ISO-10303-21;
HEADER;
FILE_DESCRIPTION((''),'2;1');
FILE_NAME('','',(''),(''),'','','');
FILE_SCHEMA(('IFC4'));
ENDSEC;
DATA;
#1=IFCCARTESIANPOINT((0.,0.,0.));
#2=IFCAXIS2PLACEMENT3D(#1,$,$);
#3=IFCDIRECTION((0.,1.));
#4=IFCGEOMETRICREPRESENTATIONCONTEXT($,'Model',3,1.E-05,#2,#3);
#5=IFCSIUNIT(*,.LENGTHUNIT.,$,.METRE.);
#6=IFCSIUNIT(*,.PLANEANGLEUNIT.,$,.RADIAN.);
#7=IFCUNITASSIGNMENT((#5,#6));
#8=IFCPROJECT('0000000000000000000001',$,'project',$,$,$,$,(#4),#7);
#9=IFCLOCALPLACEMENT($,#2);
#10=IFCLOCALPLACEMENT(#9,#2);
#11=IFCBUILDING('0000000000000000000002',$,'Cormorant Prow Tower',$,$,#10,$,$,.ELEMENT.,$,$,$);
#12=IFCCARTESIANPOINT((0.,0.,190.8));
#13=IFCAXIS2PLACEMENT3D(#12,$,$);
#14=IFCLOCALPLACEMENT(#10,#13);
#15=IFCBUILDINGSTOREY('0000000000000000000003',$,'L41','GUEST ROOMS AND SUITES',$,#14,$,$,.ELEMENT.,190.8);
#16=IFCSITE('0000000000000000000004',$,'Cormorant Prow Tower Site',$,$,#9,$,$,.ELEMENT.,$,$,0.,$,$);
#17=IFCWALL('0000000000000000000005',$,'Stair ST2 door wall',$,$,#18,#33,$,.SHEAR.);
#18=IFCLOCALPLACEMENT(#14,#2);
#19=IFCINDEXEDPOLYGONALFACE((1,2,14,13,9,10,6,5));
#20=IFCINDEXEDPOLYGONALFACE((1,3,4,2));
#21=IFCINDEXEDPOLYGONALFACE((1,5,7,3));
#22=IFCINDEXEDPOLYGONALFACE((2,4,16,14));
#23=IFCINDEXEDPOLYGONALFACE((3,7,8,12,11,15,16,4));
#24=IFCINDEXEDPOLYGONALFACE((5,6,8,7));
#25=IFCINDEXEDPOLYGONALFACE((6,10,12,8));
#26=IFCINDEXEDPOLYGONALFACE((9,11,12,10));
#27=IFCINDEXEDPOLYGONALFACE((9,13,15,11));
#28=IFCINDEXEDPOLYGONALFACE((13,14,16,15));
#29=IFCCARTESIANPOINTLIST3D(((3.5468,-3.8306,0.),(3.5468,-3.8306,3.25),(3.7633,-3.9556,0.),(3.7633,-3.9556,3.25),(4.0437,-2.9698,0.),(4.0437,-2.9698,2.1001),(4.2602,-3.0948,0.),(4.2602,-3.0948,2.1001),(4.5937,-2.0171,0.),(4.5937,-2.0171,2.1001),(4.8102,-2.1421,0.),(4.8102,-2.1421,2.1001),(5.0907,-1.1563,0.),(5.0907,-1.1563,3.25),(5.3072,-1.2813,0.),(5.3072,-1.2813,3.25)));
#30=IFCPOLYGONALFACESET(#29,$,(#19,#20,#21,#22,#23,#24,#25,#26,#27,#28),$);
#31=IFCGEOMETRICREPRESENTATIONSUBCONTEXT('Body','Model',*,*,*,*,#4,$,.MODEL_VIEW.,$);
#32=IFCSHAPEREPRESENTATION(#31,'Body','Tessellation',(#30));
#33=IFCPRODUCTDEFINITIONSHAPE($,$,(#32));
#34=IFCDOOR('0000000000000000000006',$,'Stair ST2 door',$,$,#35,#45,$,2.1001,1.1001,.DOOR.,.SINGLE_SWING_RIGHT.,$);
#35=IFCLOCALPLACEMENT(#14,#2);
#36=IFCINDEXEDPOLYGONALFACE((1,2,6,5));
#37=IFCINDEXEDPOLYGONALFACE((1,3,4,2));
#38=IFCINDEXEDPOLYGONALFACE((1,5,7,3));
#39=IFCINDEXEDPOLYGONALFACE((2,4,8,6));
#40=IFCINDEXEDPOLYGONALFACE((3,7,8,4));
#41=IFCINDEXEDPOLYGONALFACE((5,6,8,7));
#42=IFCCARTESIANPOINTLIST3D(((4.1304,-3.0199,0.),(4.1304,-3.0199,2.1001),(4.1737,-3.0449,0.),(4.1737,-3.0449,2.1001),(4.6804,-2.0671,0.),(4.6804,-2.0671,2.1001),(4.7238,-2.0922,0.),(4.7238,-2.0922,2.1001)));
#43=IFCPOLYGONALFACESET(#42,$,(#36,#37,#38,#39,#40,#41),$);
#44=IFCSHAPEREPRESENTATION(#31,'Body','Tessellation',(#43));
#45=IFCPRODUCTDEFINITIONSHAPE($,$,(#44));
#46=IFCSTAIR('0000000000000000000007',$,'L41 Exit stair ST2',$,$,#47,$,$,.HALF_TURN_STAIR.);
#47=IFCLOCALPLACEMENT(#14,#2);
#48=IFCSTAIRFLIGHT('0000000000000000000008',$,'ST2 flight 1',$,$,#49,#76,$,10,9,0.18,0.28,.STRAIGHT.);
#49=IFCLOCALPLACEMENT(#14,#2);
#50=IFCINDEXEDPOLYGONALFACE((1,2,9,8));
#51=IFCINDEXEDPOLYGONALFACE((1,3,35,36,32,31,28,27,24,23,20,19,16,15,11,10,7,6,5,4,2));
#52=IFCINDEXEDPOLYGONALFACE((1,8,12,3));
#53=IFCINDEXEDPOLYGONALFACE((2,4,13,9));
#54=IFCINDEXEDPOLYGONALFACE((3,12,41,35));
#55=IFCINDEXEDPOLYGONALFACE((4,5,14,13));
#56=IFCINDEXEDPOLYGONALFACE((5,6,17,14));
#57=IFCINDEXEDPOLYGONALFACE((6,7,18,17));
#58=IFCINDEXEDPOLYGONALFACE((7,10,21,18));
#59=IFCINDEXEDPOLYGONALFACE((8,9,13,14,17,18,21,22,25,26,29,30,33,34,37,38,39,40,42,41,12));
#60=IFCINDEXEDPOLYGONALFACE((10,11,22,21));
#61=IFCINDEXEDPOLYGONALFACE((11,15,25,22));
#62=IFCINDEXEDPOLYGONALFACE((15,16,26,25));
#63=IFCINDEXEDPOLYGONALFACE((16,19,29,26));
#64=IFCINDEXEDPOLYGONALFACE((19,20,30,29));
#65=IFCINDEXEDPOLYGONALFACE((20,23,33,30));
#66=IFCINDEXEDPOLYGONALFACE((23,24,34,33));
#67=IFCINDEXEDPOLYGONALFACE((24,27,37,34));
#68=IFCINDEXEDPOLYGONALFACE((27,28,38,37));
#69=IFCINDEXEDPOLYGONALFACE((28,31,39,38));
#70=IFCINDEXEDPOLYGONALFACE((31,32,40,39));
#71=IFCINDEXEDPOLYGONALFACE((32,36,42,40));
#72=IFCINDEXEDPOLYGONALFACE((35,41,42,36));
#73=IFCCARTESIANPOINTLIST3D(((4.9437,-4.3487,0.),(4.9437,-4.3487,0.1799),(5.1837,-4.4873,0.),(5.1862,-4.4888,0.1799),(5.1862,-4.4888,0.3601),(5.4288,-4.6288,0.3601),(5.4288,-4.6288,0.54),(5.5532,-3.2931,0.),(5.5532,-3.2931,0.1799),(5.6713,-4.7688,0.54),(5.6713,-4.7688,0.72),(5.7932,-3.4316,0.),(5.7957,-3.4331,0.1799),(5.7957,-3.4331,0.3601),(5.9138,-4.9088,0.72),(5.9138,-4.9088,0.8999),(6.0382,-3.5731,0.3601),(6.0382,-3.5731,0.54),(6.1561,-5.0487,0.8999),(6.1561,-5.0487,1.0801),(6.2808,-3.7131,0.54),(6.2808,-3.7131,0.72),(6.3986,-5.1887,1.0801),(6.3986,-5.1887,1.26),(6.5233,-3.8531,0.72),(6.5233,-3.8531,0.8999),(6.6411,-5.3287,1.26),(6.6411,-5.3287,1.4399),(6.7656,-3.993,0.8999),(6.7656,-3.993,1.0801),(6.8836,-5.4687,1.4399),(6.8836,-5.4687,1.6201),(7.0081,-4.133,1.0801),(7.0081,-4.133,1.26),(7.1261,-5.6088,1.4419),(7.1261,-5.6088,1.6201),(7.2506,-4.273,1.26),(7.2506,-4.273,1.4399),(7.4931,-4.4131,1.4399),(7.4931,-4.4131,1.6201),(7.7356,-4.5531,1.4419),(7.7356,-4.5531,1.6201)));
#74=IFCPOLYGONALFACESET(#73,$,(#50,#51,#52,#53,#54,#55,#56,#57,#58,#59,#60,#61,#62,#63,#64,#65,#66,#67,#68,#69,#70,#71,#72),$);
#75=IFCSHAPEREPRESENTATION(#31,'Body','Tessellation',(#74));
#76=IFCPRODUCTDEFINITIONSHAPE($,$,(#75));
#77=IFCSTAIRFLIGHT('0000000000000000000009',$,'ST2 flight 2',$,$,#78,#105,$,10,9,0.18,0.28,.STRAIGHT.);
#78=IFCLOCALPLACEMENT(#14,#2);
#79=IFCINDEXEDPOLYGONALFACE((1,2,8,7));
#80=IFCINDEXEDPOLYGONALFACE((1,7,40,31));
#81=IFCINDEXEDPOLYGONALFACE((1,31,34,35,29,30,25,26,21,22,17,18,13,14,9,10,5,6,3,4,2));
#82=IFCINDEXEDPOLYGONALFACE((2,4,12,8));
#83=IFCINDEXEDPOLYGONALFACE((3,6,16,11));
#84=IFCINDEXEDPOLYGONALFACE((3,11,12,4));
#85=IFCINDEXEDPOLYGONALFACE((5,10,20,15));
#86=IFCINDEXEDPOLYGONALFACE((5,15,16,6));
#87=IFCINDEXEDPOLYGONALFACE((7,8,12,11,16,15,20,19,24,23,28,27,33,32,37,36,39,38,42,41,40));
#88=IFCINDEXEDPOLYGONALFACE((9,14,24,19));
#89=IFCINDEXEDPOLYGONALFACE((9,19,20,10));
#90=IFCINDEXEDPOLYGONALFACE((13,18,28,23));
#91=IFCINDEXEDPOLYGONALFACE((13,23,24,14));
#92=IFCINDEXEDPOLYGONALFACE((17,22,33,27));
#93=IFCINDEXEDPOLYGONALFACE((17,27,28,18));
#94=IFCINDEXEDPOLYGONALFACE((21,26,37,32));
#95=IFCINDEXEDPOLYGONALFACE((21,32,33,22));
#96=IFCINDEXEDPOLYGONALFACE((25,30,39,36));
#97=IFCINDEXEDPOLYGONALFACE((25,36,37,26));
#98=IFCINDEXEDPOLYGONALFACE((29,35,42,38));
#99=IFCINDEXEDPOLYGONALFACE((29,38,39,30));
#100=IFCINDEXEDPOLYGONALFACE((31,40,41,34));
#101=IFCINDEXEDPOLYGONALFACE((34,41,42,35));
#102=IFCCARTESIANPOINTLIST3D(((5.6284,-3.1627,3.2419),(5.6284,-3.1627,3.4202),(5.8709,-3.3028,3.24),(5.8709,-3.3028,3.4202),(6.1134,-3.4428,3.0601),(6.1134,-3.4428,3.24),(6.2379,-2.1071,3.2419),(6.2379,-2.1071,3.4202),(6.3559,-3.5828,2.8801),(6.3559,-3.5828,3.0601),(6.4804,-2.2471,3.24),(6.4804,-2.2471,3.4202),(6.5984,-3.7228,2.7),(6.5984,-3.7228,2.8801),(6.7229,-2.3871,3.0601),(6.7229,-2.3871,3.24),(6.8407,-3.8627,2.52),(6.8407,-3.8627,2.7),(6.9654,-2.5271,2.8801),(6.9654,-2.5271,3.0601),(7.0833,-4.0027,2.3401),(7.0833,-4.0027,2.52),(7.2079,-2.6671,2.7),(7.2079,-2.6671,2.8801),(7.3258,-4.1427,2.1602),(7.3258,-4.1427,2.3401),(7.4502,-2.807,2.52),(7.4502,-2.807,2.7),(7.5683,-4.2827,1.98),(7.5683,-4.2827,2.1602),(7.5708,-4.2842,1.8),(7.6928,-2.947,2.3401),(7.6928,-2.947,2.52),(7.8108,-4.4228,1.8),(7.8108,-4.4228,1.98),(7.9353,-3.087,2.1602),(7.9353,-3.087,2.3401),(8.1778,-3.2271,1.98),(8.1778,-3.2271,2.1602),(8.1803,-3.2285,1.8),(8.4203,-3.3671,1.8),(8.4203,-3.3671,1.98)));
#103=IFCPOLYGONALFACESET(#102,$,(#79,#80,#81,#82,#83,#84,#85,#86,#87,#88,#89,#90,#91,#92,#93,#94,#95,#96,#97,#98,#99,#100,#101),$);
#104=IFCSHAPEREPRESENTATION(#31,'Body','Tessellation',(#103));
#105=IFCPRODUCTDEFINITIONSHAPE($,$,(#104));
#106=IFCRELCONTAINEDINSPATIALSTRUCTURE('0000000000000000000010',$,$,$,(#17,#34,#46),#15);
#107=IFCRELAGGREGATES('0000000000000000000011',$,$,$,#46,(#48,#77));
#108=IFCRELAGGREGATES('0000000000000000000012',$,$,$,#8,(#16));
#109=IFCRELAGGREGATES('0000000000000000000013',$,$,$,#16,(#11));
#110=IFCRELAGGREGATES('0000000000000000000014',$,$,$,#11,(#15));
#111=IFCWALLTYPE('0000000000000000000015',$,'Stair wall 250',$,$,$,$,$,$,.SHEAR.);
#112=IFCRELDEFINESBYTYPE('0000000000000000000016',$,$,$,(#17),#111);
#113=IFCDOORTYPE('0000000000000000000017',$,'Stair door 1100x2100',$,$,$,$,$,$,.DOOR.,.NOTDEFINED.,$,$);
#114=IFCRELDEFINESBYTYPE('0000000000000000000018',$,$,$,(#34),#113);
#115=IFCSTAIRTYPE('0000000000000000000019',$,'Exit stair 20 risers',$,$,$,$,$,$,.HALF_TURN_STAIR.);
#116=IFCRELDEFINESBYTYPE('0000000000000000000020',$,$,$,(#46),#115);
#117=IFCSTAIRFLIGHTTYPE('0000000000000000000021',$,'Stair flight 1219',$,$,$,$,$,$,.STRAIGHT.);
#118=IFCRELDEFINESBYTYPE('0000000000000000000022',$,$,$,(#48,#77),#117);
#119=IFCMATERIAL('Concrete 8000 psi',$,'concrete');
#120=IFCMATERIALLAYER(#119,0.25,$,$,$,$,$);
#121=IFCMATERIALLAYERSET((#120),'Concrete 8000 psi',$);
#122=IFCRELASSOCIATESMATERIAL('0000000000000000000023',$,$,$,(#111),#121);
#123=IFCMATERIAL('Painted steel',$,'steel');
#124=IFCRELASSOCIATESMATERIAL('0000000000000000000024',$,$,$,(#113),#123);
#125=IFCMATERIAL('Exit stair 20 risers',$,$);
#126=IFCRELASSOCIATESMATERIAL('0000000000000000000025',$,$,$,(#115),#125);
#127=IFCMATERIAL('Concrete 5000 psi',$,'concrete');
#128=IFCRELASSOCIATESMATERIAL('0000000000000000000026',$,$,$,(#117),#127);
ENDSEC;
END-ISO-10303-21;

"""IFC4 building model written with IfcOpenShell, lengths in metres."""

from ifc_helpers import new_model, si_unit, direction, frame, frame_2d, origin, place, context, subcontext, project, spatial, polyline, rectangle, outline, extrude, material, layer, layer_set, type_object, element, fill, aggregate, save


model = new_model("IFC4")

# Units and contexts
model_context = context("Model", 3, precision=1e-05, world=origin(), true_north=direction((0.0, 1.0)))
body_context = subcontext(model_context, "Body", "Model", "MODEL_VIEW")
ifc_project = project(units=[si_unit("LENGTHUNIT", "METRE"), si_unit("PLANEANGLEUNIT", "RADIAN")], contexts=[model_context])

# Site, building, storey
site_placement = place(None, origin())
site = spatial("IfcSite", under=ifc_project, at=site_placement, Name="Cormorant Prow Tower Site", CompositionType="ELEMENT", RefElevation=0.0)
building_placement = place(site_placement, origin())
building = spatial("IfcBuilding", under=site, at=building_placement, Name="Cormorant Prow Tower", CompositionType="ELEMENT")
storey_placement = place(building_placement, frame((0.0, 0.0, 190.8)))
storey = spatial("IfcBuildingStorey", under=building, at=storey_placement, Name="L41", Description="GUEST ROOMS AND SUITES", CompositionType="ELEMENT", Elevation=190.8)

# Wall, opening, door
ifc_material_1 = material(Name="Concrete 8000 psi", Category="concrete")
ifc_layer_1 = layer(ifc_material_1, 0.25)
ifc_layer_set_1 = layer_set([ifc_layer_1], Name="Concrete 8000 psi")
wall_type_1 = type_object("IfcWallType", Name="Stair wall 250", PredefinedType="SHEAR", material=ifc_layer_set_1)
wall_1_placement = place(storey_placement, frame((3.655, -3.8931, 0.0), z_axis=(0.0, 0.0, 1.0), x_axis=(0.499983, 0.866035, 0.0)))
wall_1 = element("IfcWall", 1, at=wall_1_placement, inside=storey, type_object=wall_type_1, Name="Stair ST2 door wall", PredefinedType="SHEAR", context=body_context, shape_type="SweptSolid", body=[
    extrude(rectangle(XDim=3.0879, YDim=0.25, at=frame_2d((1.5439, 0.0))), origin(), (0.0, 0.0, 1.0), 3.25),
])
opening_1_placement = place(wall_1_placement, frame((0.9939, 0.0, 0.0)))
opening_1 = element("IfcOpeningElement", 2, at=opening_1_placement, cuts=wall_1, PredefinedType="OPENING", context=body_context, shape_type="SweptSolid", body=[
    extrude(rectangle(XDim=1.1001, YDim=2.1001, at=frame_2d((0.55, 1.05))), frame((0.0, 0.135, 0.0), z_axis=(0.0, -1.0, 0.0), x_axis=(1.0, 0.0, 0.0)), (0.0, 0.0, 1.0), 0.27),
])
ifc_material_2 = material(Name="Painted steel", Category="steel")
door_type_1 = type_object("IfcDoorType", Name="Stair door 1100x2100", OperationType="NOTDEFINED", PredefinedType="DOOR", material=ifc_material_2)
door_1_placement = place(opening_1_placement, origin())
door_1 = element("IfcDoor", 3, at=door_1_placement, inside=storey, type_object=door_type_1, Name="Stair ST2 door", OperationType="SINGLE_SWING_RIGHT", OverallHeight=2.1001, OverallWidth=1.1001, PredefinedType="DOOR", context=body_context, shape_type="SweptSolid", body=[
    extrude(rectangle(XDim=1.1001, YDim=2.1001, at=frame_2d((0.55, 1.05))), frame((0.0, 0.0249, 0.0), z_axis=(0.0, -1.0, 0.0), x_axis=(1.0, 0.0, 0.0)), (0.0, 0.0, 1.0), 0.05),
])
fill(opening_1, door_1)

# Stair, stair flights
ifc_material_3 = material(Name="Exit stair 20 risers")
stair_type = type_object("IfcStairType", Name="Exit stair 20 risers", PredefinedType="HALF_TURN_STAIR", material=ifc_material_3)
stair_placement = place(storey_placement, origin())
stair = element("IfcStair", 4, at=stair_placement, inside=storey, type_object=stair_type, Name="L41 Exit stair ST2", PredefinedType="HALF_TURN_STAIR")
ifc_material_4 = material(Name="Concrete 5000 psi", Category="concrete")
stair_flight_type = type_object("IfcStairFlightType", Name="Stair flight 1219", PredefinedType="STRAIGHT", material=ifc_material_4)
stair_flight_1_placement = place(storey_placement, frame((5.2485, -3.8208, 0.0), z_axis=(0.0, 0.0, 1.0), x_axis=(0.866025, -0.5, 0.0)))
stair_flight_1 = element("IfcStairFlight", 5, at=stair_flight_1_placement, type_object=stair_flight_type, Name="ST2 flight 1", NumberOfRisers=10, NumberOfTreads=9, PredefinedType="STRAIGHT", RiserHeight=0.18, TreadLength=0.28, context=body_context, shape_type="SweptSolid", body=[
    extrude(outline(polyline([(0.0, 0.0), (0.0, 0.1799), (0.28, 0.1799), (0.28, 0.3601), (0.5601, 0.3601), (0.5601, 0.54), (0.8401, 0.54), (0.8401, 0.72), (1.1201, 0.72), (1.1201, 0.8999), (1.3999, 0.8999), (1.3999, 1.0801), (1.6799, 1.0801), (1.6799, 1.26), (1.96, 1.26), (1.96, 1.4399), (2.24, 1.4399), (2.24, 1.6201), (2.52, 1.6201), (2.52, 1.8), (2.52, 1.4419), (0.2771, 0.0), (0.0, 0.0)])), frame((0.0, 0.6094, 0.0), z_axis=(0.0, -1.0, 0.0), x_axis=(1.0, 0.0, 0.0)), (0.0, 0.0, 1.0), 1.219),
])
stair_flight_2_placement = place(storey_placement, frame((8.1155, -3.895, 1.8), z_axis=(0.0, 0.0, 1.0), x_axis=(-0.866025, 0.5, 0.0)))
stair_flight_2 = element("IfcStairFlight", 6, at=stair_flight_2_placement, type_object=stair_flight_type, Name="ST2 flight 2", NumberOfRisers=10, NumberOfTreads=9, PredefinedType="STRAIGHT", RiserHeight=0.18, TreadLength=0.28, context=body_context, shape_type="SweptSolid", body=[
    extrude(outline(polyline([(0.0, 0.0), (0.0, 0.1799), (0.28, 0.1799), (0.28, 0.3601), (0.5601, 0.3601), (0.5601, 0.54), (0.8401, 0.54), (0.8401, 0.72), (1.1201, 0.72), (1.1201, 0.8999), (1.3999, 0.8999), (1.3999, 1.0801), (1.6799, 1.0801), (1.6799, 1.26), (1.96, 1.26), (1.96, 1.4399), (2.24, 1.4399), (2.24, 1.6201), (2.52, 1.6201), (2.52, 1.8), (2.52, 1.4419), (0.2771, 0.0), (0.0, 0.0)])), frame((0.0, 0.6094, 0.0), z_axis=(0.0, -1.0, 0.0), x_axis=(1.0, 0.0, 0.0)), (0.0, 0.0, 1.0), 1.219),
])
aggregate(stair, [stair_flight_1, stair_flight_2])

save(model, "model.ifc")
